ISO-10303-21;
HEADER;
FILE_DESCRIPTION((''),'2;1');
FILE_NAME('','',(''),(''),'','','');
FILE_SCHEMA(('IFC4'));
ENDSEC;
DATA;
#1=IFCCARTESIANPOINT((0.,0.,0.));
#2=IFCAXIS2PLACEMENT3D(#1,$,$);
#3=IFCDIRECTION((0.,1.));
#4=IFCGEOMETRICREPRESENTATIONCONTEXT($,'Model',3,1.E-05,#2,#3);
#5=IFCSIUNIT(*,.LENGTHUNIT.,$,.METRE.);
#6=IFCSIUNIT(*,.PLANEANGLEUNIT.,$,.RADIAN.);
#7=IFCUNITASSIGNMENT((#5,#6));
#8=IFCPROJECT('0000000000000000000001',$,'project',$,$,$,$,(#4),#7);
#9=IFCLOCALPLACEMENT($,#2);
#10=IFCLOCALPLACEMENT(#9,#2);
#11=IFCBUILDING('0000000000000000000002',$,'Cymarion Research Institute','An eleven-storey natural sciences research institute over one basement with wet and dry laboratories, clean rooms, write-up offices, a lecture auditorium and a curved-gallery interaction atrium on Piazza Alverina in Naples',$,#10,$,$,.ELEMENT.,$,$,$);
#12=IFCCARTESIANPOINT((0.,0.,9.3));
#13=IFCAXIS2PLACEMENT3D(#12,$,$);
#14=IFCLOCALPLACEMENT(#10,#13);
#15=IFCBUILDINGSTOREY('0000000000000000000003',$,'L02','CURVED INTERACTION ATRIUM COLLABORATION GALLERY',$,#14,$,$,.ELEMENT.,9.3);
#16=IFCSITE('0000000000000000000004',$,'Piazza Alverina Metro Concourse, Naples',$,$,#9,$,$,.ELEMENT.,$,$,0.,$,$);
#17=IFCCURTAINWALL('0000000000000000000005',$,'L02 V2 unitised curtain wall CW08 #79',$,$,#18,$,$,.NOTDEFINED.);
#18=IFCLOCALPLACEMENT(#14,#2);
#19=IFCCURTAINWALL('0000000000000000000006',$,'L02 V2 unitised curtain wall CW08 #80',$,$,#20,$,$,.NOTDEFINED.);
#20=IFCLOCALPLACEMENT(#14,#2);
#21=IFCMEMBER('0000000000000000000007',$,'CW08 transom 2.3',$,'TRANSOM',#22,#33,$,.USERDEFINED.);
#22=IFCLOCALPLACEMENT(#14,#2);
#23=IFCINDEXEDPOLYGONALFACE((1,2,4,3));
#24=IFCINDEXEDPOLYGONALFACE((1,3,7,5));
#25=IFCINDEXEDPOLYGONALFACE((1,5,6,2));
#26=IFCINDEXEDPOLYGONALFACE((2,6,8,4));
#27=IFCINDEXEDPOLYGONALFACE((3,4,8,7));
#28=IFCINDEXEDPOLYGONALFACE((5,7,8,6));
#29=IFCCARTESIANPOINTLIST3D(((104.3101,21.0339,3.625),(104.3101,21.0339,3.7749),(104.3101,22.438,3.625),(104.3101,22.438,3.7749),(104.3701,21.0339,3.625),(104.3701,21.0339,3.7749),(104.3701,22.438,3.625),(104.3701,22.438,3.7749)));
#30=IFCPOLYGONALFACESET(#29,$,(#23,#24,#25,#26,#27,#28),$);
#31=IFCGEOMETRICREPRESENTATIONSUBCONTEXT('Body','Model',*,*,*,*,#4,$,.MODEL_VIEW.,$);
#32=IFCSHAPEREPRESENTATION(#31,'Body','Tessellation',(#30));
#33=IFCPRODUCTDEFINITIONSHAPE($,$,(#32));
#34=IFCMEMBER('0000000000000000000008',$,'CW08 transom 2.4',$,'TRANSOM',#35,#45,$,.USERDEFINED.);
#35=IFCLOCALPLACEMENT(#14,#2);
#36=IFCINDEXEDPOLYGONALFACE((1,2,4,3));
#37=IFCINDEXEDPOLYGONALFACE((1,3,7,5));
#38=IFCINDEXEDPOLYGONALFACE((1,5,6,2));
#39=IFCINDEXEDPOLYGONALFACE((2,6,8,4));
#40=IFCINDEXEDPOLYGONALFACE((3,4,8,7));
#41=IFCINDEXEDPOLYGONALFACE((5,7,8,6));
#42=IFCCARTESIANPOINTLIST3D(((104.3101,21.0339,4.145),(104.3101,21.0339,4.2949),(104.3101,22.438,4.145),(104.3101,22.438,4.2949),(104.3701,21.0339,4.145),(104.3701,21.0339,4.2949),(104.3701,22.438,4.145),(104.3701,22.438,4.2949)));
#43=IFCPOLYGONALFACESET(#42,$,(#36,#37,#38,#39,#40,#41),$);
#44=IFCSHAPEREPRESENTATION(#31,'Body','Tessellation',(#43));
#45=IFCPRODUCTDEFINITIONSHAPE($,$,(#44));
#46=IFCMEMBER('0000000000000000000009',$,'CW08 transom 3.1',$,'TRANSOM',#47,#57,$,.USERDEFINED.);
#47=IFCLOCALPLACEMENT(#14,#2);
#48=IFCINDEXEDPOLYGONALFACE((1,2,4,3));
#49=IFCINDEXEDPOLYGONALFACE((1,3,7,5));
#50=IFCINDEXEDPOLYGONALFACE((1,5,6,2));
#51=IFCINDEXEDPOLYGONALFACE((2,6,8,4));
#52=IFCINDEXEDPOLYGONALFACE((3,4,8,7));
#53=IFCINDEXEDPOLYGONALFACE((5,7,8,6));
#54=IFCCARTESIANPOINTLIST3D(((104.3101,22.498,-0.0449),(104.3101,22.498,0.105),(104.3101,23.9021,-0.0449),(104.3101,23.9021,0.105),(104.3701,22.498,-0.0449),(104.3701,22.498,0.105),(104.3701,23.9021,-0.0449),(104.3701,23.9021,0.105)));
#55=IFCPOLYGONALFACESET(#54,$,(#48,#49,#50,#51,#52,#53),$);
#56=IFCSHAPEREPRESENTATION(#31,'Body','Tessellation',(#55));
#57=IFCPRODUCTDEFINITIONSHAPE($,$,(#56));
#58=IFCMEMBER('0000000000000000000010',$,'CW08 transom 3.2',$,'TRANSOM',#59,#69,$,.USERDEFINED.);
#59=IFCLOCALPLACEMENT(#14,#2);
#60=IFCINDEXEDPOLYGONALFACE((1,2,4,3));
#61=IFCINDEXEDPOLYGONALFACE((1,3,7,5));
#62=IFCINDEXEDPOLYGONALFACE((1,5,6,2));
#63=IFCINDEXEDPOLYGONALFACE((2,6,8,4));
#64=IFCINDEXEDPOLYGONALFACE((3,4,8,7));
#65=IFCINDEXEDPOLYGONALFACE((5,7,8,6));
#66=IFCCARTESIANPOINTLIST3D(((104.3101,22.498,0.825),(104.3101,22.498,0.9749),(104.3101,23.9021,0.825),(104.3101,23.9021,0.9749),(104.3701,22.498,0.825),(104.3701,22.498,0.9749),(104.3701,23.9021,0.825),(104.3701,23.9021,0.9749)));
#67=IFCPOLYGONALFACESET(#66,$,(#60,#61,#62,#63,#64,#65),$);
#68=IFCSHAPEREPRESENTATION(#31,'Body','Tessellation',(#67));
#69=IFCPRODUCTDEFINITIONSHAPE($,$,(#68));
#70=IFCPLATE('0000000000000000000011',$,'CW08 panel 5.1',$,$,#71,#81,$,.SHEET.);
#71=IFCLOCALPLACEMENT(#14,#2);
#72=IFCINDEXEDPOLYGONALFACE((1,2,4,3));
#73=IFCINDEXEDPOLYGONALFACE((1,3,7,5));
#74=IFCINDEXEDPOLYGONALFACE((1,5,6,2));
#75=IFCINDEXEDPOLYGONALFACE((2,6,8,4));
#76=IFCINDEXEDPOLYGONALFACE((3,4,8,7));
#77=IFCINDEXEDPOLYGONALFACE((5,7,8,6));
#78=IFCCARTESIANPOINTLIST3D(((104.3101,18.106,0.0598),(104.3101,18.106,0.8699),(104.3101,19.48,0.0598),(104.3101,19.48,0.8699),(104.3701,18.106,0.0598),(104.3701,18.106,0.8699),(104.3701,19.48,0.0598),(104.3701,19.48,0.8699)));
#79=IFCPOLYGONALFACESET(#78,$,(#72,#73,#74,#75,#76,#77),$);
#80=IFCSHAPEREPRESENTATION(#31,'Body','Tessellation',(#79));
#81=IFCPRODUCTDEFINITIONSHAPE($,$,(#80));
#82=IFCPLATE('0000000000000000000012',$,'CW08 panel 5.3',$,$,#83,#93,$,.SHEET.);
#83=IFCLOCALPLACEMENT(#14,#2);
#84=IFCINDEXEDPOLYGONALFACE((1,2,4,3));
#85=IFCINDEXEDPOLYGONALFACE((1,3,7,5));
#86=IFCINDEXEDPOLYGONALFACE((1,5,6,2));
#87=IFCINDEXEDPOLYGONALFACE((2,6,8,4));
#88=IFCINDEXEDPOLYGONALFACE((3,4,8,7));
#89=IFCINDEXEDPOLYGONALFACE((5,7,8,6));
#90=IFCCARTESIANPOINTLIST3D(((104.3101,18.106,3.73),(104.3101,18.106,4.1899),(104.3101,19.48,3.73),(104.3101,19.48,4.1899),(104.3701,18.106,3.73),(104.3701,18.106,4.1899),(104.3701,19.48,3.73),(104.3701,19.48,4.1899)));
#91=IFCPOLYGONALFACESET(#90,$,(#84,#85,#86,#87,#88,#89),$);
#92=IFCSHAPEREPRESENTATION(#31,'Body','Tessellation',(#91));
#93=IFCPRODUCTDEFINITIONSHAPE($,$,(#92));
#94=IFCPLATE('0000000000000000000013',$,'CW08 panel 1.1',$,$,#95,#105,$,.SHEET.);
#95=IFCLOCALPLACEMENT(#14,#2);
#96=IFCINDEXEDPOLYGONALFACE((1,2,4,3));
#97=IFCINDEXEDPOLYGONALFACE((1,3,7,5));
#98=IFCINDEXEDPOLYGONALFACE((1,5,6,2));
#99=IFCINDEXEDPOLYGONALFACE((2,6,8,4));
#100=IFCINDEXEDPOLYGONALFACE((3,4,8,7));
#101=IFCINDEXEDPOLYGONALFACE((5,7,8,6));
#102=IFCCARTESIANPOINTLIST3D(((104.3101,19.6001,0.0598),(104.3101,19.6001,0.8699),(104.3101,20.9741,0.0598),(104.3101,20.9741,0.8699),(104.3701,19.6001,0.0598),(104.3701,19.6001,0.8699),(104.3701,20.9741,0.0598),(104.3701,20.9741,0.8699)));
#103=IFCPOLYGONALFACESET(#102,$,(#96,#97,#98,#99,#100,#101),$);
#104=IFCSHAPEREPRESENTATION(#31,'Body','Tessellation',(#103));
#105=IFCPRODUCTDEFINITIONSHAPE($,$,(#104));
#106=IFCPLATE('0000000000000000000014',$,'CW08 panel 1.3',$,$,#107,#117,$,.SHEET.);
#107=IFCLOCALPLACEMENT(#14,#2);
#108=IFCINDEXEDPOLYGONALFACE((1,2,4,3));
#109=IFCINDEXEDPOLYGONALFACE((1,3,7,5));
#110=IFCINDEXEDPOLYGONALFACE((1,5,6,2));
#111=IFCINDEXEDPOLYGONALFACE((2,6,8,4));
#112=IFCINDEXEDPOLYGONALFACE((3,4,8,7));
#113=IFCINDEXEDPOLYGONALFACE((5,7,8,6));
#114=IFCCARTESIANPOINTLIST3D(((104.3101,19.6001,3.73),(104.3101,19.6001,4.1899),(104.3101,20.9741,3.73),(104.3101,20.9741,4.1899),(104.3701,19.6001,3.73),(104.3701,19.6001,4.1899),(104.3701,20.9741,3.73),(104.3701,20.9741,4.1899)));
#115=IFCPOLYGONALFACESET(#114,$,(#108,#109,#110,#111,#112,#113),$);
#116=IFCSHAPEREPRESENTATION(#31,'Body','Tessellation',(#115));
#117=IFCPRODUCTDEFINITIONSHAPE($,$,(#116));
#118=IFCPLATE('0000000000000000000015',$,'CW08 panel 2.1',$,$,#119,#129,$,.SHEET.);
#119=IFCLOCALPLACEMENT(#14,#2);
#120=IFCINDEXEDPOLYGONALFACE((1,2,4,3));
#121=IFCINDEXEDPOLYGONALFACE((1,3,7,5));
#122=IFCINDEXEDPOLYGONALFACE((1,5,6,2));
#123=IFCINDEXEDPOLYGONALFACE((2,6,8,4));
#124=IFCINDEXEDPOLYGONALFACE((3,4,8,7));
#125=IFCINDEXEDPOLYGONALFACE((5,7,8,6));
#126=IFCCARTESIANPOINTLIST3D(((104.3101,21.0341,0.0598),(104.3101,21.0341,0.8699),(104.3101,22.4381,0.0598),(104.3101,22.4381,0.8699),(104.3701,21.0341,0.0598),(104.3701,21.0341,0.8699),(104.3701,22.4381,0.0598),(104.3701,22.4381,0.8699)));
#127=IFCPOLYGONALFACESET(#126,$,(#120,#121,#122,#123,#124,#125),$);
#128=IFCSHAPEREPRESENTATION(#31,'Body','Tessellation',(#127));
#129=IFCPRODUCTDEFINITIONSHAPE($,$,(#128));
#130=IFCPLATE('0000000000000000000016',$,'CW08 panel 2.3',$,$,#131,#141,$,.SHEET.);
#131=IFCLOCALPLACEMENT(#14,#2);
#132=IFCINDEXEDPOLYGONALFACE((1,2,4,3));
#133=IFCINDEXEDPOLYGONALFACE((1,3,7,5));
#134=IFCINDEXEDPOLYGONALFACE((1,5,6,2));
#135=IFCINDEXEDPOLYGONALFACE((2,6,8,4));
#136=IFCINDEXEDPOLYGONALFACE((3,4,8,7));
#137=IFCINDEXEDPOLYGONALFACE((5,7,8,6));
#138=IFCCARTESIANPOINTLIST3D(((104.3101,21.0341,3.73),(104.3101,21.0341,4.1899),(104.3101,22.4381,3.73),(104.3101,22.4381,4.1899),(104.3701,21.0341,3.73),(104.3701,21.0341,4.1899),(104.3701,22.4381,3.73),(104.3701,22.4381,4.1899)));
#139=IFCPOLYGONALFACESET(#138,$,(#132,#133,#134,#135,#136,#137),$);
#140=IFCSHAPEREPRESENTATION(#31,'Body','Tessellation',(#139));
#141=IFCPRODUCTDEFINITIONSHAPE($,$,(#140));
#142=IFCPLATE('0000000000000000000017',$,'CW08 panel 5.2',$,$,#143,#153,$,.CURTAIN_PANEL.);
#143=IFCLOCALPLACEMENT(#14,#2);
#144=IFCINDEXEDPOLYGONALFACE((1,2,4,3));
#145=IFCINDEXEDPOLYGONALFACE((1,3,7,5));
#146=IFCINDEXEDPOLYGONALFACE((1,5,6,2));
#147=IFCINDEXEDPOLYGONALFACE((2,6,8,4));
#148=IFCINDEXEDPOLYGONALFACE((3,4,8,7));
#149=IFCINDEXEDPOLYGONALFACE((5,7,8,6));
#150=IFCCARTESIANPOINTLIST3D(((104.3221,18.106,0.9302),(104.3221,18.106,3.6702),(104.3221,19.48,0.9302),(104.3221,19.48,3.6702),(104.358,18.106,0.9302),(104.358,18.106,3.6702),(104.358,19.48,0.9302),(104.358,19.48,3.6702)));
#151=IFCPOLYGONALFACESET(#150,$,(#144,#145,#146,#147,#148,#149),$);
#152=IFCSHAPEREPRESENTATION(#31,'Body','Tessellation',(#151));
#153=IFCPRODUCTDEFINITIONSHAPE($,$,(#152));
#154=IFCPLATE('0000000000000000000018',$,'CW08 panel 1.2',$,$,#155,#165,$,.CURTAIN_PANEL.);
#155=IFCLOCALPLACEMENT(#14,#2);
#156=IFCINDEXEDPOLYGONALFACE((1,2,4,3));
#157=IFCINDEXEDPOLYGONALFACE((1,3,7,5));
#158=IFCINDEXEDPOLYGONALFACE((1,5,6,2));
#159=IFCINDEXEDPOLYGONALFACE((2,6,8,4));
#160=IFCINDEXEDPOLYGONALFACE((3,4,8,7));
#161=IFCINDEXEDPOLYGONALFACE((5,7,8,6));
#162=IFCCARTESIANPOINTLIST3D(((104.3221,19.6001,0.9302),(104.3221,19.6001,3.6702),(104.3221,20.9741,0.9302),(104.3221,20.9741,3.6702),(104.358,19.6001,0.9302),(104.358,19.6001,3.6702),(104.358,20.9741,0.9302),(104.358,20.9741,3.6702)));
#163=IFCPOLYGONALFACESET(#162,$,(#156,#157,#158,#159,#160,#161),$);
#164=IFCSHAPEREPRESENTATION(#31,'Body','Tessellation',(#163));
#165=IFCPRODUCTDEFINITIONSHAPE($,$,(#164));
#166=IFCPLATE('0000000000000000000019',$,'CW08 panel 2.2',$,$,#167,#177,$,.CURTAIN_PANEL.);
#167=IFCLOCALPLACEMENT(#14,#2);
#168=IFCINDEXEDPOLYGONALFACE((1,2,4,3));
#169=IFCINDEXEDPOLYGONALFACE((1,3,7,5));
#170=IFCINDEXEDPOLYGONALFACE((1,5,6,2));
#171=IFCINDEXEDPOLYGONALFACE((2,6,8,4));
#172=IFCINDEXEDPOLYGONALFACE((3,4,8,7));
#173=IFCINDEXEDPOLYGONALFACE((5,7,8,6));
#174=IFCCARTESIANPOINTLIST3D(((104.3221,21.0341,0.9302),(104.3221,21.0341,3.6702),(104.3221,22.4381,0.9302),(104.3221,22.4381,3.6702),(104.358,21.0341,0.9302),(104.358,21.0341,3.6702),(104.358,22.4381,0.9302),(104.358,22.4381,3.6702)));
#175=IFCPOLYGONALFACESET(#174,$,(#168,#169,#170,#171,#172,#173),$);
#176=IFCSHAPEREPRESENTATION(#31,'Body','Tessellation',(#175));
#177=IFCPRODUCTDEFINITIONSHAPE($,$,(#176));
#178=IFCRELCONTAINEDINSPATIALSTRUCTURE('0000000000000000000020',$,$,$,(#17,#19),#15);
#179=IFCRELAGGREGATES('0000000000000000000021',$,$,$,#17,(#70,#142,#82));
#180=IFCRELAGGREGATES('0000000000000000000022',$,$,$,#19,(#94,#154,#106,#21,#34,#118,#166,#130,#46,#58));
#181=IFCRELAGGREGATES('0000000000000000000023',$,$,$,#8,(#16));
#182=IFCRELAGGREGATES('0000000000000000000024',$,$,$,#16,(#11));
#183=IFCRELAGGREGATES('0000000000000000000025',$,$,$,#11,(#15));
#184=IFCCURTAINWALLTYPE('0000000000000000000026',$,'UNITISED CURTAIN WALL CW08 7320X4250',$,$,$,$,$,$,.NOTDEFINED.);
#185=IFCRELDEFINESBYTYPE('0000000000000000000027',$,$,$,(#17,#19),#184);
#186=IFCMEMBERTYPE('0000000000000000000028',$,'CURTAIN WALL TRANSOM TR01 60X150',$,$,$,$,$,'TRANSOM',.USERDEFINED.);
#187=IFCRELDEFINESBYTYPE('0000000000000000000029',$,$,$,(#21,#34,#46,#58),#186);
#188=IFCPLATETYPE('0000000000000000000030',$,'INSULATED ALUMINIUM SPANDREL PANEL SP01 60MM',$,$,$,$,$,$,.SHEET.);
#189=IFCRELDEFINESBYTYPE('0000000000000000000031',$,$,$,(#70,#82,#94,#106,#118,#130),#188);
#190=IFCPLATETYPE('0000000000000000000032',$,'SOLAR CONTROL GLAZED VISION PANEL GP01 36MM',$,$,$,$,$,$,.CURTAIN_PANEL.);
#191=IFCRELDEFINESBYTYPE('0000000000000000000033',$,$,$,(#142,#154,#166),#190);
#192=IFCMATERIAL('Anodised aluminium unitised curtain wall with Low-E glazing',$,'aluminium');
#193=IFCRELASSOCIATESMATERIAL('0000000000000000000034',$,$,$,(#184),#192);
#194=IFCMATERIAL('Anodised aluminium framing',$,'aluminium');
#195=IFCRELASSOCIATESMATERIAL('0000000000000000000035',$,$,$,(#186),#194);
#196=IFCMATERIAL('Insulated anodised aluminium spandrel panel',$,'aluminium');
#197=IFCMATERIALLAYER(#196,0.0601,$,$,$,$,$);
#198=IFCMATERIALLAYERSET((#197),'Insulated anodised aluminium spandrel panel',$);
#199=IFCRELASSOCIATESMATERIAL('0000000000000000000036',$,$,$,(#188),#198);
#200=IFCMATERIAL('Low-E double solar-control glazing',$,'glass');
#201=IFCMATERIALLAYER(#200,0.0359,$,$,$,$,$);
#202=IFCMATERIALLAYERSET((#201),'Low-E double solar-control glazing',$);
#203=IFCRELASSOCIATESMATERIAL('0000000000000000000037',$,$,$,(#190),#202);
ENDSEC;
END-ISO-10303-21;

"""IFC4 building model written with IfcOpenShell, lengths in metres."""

from ifc_helpers import new_model, si_unit, direction, frame, origin, origin_2d, place, context, subcontext, project, spatial, rectangle, extrude, material, layer, layer_set, material_profile, profile_set, type_object, element, aggregate, save


model = new_model("IFC4")

# Units and contexts
model_context = context("Model", 3, precision=1e-05, world=origin(), true_north=direction((0.0, 1.0)))
body_context = subcontext(model_context, "Body", "Model", "MODEL_VIEW")
ifc_project = project(units=[si_unit("LENGTHUNIT", "METRE"), si_unit("PLANEANGLEUNIT", "RADIAN")], contexts=[model_context])

# Site, building, storey
site_placement = place(None, origin())
site = spatial("IfcSite", under=ifc_project, at=site_placement, Name="Piazza Alverina Metro Concourse, Naples", CompositionType="ELEMENT", RefElevation=0.0)
building_placement = place(site_placement, origin())
building = spatial("IfcBuilding", under=site, at=building_placement, Name="Cymarion Research Institute", Description="An eleven-storey natural sciences research institute over one basement with wet and dry laboratories, clean rooms, write-up offices, a lecture auditorium and a curved-gallery interaction atrium on Piazza Alverina in Naples", CompositionType="ELEMENT")
storey_placement = place(building_placement, frame((0.0, 0.0, 9.3)))
storey = spatial("IfcBuildingStorey", under=building, at=storey_placement, Name="L02", Description="CURVED INTERACTION ATRIUM COLLABORATION GALLERY", CompositionType="ELEMENT", Elevation=9.3)

# Curtain walls
ifc_material_1 = material(Name="Anodised aluminium unitised curtain wall with Low-E glazing", Category="aluminium")
curtain_wall_type = type_object("IfcCurtainWallType", Name="UNITISED CURTAIN WALL CW08 7320X4250", PredefinedType="NOTDEFINED", material=ifc_material_1)
curtain_wall_1_placement = place(storey_placement, origin())
curtain_wall_1 = element("IfcCurtainWall", 1, at=curtain_wall_1_placement, inside=storey, type_object=curtain_wall_type, Name="L02 V2 unitised curtain wall CW08 #79", PredefinedType="NOTDEFINED")
ifc_material_2 = material(Name="Anodised aluminium framing", Category="aluminium")
curtain_wall_2_placement = place(storey_placement, origin())
curtain_wall_2 = element("IfcCurtainWall", 2, at=curtain_wall_2_placement, inside=storey, type_object=curtain_wall_type, Name="L02 V2 unitised curtain wall CW08 #80", PredefinedType="NOTDEFINED")

# Members
ifc_material_profile_1 = material_profile(ifc_material_2, rectangle(XDim=0.0601, YDim=0.1499, at=origin_2d()), Name="ALU TRANSOM 60x150")
ifc_profile_set_1 = profile_set([ifc_material_profile_1], Name="Anodised aluminium framing")
member_type_1 = type_object("IfcMemberType", Name="CURTAIN WALL TRANSOM TR01 60X150", ElementType="TRANSOM", PredefinedType="USERDEFINED", material=ifc_profile_set_1)
member_1_placement = place(storey_placement, frame((104.3401, 21.0339, 3.7), z_axis=(0.0, 1.0, 0.0), x_axis=(-1.0, 0.0, 0.0)))
member_1 = element("IfcMember", 3, at=member_1_placement, type_object=member_type_1, Name="CW08 transom 2.3", ObjectType="TRANSOM", PredefinedType="USERDEFINED", context=body_context, shape_type="SweptSolid", body=[
    extrude(rectangle(XDim=0.0601, YDim=0.1499, at=origin_2d()), origin(), (0.0, 0.0, 1.0), 1.4041),
])
member_2_placement = place(storey_placement, frame((104.3401, 21.0339, 4.22), z_axis=(0.0, 1.0, 0.0), x_axis=(-1.0, 0.0, 0.0)))
member_2 = element("IfcMember", 4, at=member_2_placement, type_object=member_type_1, Name="CW08 transom 2.4", ObjectType="TRANSOM", PredefinedType="USERDEFINED", context=body_context, shape_type="SweptSolid", body=[
    extrude(rectangle(XDim=0.0601, YDim=0.1499, at=origin_2d()), origin(), (0.0, 0.0, 1.0), 1.4041),
])
member_3_placement = place(storey_placement, frame((104.3401, 22.498, 0.03), z_axis=(0.0, 1.0, 0.0), x_axis=(-1.0, 0.0, 0.0)))
member_3 = element("IfcMember", 5, at=member_3_placement, type_object=member_type_1, Name="CW08 transom 3.1", ObjectType="TRANSOM", PredefinedType="USERDEFINED", context=body_context, shape_type="SweptSolid", body=[
    extrude(rectangle(XDim=0.0601, YDim=0.1499, at=origin_2d()), origin(), (0.0, 0.0, 1.0), 1.4041),
])
member_4_placement = place(storey_placement, frame((104.3401, 22.498, 0.8999), z_axis=(0.0, 1.0, 0.0), x_axis=(-1.0, 0.0, 0.0)))
member_4 = element("IfcMember", 6, at=member_4_placement, type_object=member_type_1, Name="CW08 transom 3.2", ObjectType="TRANSOM", PredefinedType="USERDEFINED", context=body_context, shape_type="SweptSolid", body=[
    extrude(rectangle(XDim=0.0601, YDim=0.1499, at=origin_2d()), origin(), (0.0, 0.0, 1.0), 1.4041),
])

# Plates
ifc_material_3 = material(Name="Insulated anodised aluminium spandrel panel", Category="aluminium")
ifc_layer_1 = layer(ifc_material_3, 0.0601)
ifc_layer_set_1 = layer_set([ifc_layer_1], Name="Insulated anodised aluminium spandrel panel")
plate_type_1 = type_object("IfcPlateType", Name="INSULATED ALUMINIUM SPANDREL PANEL SP01 60MM", PredefinedType="SHEET", material=ifc_layer_set_1)
plate_1_placement = place(storey_placement, frame((104.3401, 18.793, 0.0598), z_axis=(0.0, 0.0, 1.0), x_axis=(0.0, 1.0, 0.0)))
plate_1 = element("IfcPlate", 7, at=plate_1_placement, type_object=plate_type_1, Name="CW08 panel 5.1", PredefinedType="SHEET", context=body_context, shape_type="SweptSolid", body=[
    extrude(rectangle(XDim=1.374, YDim=0.0601, at=origin_2d()), origin(), (0.0, 0.0, 1.0), 0.8101),
])
plate_2_placement = place(storey_placement, frame((104.3401, 18.793, 3.73), z_axis=(0.0, 0.0, 1.0), x_axis=(0.0, 1.0, 0.0)))
plate_2 = element("IfcPlate", 8, at=plate_2_placement, type_object=plate_type_1, Name="CW08 panel 5.3", PredefinedType="SHEET", context=body_context, shape_type="SweptSolid", body=[
    extrude(rectangle(XDim=1.374, YDim=0.0601, at=origin_2d()), origin(), (0.0, 0.0, 1.0), 0.46),
])
plate_3_placement = place(storey_placement, frame((104.3401, 20.2871, 0.0598), z_axis=(0.0, 0.0, 1.0), x_axis=(0.0, 1.0, 0.0)))
plate_3 = element("IfcPlate", 9, at=plate_3_placement, type_object=plate_type_1, Name="CW08 panel 1.1", PredefinedType="SHEET", context=body_context, shape_type="SweptSolid", body=[
    extrude(rectangle(XDim=1.374, YDim=0.0601, at=origin_2d()), origin(), (0.0, 0.0, 1.0), 0.8101),
])
plate_4_placement = place(storey_placement, frame((104.3401, 20.2871, 3.73), z_axis=(0.0, 0.0, 1.0), x_axis=(0.0, 1.0, 0.0)))
plate_4 = element("IfcPlate", 10, at=plate_4_placement, type_object=plate_type_1, Name="CW08 panel 1.3", PredefinedType="SHEET", context=body_context, shape_type="SweptSolid", body=[
    extrude(rectangle(XDim=1.374, YDim=0.0601, at=origin_2d()), origin(), (0.0, 0.0, 1.0), 0.46),
])
plate_5_placement = place(storey_placement, frame((104.3401, 21.7361, 0.0598), z_axis=(0.0, 0.0, 1.0), x_axis=(0.0, 1.0, 0.0)))
plate_5 = element("IfcPlate", 11, at=plate_5_placement, type_object=plate_type_1, Name="CW08 panel 2.1", PredefinedType="SHEET", context=body_context, shape_type="SweptSolid", body=[
    extrude(rectangle(XDim=1.4041, YDim=0.0601, at=origin_2d()), origin(), (0.0, 0.0, 1.0), 0.8101),
])
plate_6_placement = place(storey_placement, frame((104.3401, 21.7361, 3.73), z_axis=(0.0, 0.0, 1.0), x_axis=(0.0, 1.0, 0.0)))
plate_6 = element("IfcPlate", 12, at=plate_6_placement, type_object=plate_type_1, Name="CW08 panel 2.3", PredefinedType="SHEET", context=body_context, shape_type="SweptSolid", body=[
    extrude(rectangle(XDim=1.4041, YDim=0.0601, at=origin_2d()), origin(), (0.0, 0.0, 1.0), 0.46),
])
ifc_material_4 = material(Name="Low-E double solar-control glazing", Category="glass")
ifc_layer_2 = layer(ifc_material_4, 0.0359)
ifc_layer_set_2 = layer_set([ifc_layer_2], Name="Low-E double solar-control glazing")
plate_type_2 = type_object("IfcPlateType", Name="SOLAR CONTROL GLAZED VISION PANEL GP01 36MM", PredefinedType="CURTAIN_PANEL", material=ifc_layer_set_2)
plate_7_placement = place(storey_placement, frame((104.3401, 18.793, 0.9302), z_axis=(0.0, 0.0, 1.0), x_axis=(0.0, 1.0, 0.0)))
plate_7 = element("IfcPlate", 13, at=plate_7_placement, type_object=plate_type_2, Name="CW08 panel 5.2", PredefinedType="CURTAIN_PANEL", context=body_context, shape_type="SweptSolid", body=[
    extrude(rectangle(XDim=1.374, YDim=0.0359, at=origin_2d()), origin(), (0.0, 0.0, 1.0), 2.74),
])
aggregate(curtain_wall_1, [plate_1, plate_7, plate_2])
plate_8_placement = place(storey_placement, frame((104.3401, 20.2871, 0.9302), z_axis=(0.0, 0.0, 1.0), x_axis=(0.0, 1.0, 0.0)))
plate_8 = element("IfcPlate", 14, at=plate_8_placement, type_object=plate_type_2, Name="CW08 panel 1.2", PredefinedType="CURTAIN_PANEL", context=body_context, shape_type="SweptSolid", body=[
    extrude(rectangle(XDim=1.374, YDim=0.0359, at=origin_2d()), origin(), (0.0, 0.0, 1.0), 2.74),
])
plate_9_placement = place(storey_placement, frame((104.3401, 21.7361, 0.9302), z_axis=(0.0, 0.0, 1.0), x_axis=(0.0, 1.0, 0.0)))
plate_9 = element("IfcPlate", 15, at=plate_9_placement, type_object=plate_type_2, Name="CW08 panel 2.2", PredefinedType="CURTAIN_PANEL", context=body_context, shape_type="SweptSolid", body=[
    extrude(rectangle(XDim=1.4041, YDim=0.0359, at=origin_2d()), origin(), (0.0, 0.0, 1.0), 2.74),
])
aggregate(curtain_wall_2, [plate_3, plate_8, plate_4, member_1, member_2, plate_5, plate_9, plate_6, member_3, member_4])

save(model, "model.ifc")
